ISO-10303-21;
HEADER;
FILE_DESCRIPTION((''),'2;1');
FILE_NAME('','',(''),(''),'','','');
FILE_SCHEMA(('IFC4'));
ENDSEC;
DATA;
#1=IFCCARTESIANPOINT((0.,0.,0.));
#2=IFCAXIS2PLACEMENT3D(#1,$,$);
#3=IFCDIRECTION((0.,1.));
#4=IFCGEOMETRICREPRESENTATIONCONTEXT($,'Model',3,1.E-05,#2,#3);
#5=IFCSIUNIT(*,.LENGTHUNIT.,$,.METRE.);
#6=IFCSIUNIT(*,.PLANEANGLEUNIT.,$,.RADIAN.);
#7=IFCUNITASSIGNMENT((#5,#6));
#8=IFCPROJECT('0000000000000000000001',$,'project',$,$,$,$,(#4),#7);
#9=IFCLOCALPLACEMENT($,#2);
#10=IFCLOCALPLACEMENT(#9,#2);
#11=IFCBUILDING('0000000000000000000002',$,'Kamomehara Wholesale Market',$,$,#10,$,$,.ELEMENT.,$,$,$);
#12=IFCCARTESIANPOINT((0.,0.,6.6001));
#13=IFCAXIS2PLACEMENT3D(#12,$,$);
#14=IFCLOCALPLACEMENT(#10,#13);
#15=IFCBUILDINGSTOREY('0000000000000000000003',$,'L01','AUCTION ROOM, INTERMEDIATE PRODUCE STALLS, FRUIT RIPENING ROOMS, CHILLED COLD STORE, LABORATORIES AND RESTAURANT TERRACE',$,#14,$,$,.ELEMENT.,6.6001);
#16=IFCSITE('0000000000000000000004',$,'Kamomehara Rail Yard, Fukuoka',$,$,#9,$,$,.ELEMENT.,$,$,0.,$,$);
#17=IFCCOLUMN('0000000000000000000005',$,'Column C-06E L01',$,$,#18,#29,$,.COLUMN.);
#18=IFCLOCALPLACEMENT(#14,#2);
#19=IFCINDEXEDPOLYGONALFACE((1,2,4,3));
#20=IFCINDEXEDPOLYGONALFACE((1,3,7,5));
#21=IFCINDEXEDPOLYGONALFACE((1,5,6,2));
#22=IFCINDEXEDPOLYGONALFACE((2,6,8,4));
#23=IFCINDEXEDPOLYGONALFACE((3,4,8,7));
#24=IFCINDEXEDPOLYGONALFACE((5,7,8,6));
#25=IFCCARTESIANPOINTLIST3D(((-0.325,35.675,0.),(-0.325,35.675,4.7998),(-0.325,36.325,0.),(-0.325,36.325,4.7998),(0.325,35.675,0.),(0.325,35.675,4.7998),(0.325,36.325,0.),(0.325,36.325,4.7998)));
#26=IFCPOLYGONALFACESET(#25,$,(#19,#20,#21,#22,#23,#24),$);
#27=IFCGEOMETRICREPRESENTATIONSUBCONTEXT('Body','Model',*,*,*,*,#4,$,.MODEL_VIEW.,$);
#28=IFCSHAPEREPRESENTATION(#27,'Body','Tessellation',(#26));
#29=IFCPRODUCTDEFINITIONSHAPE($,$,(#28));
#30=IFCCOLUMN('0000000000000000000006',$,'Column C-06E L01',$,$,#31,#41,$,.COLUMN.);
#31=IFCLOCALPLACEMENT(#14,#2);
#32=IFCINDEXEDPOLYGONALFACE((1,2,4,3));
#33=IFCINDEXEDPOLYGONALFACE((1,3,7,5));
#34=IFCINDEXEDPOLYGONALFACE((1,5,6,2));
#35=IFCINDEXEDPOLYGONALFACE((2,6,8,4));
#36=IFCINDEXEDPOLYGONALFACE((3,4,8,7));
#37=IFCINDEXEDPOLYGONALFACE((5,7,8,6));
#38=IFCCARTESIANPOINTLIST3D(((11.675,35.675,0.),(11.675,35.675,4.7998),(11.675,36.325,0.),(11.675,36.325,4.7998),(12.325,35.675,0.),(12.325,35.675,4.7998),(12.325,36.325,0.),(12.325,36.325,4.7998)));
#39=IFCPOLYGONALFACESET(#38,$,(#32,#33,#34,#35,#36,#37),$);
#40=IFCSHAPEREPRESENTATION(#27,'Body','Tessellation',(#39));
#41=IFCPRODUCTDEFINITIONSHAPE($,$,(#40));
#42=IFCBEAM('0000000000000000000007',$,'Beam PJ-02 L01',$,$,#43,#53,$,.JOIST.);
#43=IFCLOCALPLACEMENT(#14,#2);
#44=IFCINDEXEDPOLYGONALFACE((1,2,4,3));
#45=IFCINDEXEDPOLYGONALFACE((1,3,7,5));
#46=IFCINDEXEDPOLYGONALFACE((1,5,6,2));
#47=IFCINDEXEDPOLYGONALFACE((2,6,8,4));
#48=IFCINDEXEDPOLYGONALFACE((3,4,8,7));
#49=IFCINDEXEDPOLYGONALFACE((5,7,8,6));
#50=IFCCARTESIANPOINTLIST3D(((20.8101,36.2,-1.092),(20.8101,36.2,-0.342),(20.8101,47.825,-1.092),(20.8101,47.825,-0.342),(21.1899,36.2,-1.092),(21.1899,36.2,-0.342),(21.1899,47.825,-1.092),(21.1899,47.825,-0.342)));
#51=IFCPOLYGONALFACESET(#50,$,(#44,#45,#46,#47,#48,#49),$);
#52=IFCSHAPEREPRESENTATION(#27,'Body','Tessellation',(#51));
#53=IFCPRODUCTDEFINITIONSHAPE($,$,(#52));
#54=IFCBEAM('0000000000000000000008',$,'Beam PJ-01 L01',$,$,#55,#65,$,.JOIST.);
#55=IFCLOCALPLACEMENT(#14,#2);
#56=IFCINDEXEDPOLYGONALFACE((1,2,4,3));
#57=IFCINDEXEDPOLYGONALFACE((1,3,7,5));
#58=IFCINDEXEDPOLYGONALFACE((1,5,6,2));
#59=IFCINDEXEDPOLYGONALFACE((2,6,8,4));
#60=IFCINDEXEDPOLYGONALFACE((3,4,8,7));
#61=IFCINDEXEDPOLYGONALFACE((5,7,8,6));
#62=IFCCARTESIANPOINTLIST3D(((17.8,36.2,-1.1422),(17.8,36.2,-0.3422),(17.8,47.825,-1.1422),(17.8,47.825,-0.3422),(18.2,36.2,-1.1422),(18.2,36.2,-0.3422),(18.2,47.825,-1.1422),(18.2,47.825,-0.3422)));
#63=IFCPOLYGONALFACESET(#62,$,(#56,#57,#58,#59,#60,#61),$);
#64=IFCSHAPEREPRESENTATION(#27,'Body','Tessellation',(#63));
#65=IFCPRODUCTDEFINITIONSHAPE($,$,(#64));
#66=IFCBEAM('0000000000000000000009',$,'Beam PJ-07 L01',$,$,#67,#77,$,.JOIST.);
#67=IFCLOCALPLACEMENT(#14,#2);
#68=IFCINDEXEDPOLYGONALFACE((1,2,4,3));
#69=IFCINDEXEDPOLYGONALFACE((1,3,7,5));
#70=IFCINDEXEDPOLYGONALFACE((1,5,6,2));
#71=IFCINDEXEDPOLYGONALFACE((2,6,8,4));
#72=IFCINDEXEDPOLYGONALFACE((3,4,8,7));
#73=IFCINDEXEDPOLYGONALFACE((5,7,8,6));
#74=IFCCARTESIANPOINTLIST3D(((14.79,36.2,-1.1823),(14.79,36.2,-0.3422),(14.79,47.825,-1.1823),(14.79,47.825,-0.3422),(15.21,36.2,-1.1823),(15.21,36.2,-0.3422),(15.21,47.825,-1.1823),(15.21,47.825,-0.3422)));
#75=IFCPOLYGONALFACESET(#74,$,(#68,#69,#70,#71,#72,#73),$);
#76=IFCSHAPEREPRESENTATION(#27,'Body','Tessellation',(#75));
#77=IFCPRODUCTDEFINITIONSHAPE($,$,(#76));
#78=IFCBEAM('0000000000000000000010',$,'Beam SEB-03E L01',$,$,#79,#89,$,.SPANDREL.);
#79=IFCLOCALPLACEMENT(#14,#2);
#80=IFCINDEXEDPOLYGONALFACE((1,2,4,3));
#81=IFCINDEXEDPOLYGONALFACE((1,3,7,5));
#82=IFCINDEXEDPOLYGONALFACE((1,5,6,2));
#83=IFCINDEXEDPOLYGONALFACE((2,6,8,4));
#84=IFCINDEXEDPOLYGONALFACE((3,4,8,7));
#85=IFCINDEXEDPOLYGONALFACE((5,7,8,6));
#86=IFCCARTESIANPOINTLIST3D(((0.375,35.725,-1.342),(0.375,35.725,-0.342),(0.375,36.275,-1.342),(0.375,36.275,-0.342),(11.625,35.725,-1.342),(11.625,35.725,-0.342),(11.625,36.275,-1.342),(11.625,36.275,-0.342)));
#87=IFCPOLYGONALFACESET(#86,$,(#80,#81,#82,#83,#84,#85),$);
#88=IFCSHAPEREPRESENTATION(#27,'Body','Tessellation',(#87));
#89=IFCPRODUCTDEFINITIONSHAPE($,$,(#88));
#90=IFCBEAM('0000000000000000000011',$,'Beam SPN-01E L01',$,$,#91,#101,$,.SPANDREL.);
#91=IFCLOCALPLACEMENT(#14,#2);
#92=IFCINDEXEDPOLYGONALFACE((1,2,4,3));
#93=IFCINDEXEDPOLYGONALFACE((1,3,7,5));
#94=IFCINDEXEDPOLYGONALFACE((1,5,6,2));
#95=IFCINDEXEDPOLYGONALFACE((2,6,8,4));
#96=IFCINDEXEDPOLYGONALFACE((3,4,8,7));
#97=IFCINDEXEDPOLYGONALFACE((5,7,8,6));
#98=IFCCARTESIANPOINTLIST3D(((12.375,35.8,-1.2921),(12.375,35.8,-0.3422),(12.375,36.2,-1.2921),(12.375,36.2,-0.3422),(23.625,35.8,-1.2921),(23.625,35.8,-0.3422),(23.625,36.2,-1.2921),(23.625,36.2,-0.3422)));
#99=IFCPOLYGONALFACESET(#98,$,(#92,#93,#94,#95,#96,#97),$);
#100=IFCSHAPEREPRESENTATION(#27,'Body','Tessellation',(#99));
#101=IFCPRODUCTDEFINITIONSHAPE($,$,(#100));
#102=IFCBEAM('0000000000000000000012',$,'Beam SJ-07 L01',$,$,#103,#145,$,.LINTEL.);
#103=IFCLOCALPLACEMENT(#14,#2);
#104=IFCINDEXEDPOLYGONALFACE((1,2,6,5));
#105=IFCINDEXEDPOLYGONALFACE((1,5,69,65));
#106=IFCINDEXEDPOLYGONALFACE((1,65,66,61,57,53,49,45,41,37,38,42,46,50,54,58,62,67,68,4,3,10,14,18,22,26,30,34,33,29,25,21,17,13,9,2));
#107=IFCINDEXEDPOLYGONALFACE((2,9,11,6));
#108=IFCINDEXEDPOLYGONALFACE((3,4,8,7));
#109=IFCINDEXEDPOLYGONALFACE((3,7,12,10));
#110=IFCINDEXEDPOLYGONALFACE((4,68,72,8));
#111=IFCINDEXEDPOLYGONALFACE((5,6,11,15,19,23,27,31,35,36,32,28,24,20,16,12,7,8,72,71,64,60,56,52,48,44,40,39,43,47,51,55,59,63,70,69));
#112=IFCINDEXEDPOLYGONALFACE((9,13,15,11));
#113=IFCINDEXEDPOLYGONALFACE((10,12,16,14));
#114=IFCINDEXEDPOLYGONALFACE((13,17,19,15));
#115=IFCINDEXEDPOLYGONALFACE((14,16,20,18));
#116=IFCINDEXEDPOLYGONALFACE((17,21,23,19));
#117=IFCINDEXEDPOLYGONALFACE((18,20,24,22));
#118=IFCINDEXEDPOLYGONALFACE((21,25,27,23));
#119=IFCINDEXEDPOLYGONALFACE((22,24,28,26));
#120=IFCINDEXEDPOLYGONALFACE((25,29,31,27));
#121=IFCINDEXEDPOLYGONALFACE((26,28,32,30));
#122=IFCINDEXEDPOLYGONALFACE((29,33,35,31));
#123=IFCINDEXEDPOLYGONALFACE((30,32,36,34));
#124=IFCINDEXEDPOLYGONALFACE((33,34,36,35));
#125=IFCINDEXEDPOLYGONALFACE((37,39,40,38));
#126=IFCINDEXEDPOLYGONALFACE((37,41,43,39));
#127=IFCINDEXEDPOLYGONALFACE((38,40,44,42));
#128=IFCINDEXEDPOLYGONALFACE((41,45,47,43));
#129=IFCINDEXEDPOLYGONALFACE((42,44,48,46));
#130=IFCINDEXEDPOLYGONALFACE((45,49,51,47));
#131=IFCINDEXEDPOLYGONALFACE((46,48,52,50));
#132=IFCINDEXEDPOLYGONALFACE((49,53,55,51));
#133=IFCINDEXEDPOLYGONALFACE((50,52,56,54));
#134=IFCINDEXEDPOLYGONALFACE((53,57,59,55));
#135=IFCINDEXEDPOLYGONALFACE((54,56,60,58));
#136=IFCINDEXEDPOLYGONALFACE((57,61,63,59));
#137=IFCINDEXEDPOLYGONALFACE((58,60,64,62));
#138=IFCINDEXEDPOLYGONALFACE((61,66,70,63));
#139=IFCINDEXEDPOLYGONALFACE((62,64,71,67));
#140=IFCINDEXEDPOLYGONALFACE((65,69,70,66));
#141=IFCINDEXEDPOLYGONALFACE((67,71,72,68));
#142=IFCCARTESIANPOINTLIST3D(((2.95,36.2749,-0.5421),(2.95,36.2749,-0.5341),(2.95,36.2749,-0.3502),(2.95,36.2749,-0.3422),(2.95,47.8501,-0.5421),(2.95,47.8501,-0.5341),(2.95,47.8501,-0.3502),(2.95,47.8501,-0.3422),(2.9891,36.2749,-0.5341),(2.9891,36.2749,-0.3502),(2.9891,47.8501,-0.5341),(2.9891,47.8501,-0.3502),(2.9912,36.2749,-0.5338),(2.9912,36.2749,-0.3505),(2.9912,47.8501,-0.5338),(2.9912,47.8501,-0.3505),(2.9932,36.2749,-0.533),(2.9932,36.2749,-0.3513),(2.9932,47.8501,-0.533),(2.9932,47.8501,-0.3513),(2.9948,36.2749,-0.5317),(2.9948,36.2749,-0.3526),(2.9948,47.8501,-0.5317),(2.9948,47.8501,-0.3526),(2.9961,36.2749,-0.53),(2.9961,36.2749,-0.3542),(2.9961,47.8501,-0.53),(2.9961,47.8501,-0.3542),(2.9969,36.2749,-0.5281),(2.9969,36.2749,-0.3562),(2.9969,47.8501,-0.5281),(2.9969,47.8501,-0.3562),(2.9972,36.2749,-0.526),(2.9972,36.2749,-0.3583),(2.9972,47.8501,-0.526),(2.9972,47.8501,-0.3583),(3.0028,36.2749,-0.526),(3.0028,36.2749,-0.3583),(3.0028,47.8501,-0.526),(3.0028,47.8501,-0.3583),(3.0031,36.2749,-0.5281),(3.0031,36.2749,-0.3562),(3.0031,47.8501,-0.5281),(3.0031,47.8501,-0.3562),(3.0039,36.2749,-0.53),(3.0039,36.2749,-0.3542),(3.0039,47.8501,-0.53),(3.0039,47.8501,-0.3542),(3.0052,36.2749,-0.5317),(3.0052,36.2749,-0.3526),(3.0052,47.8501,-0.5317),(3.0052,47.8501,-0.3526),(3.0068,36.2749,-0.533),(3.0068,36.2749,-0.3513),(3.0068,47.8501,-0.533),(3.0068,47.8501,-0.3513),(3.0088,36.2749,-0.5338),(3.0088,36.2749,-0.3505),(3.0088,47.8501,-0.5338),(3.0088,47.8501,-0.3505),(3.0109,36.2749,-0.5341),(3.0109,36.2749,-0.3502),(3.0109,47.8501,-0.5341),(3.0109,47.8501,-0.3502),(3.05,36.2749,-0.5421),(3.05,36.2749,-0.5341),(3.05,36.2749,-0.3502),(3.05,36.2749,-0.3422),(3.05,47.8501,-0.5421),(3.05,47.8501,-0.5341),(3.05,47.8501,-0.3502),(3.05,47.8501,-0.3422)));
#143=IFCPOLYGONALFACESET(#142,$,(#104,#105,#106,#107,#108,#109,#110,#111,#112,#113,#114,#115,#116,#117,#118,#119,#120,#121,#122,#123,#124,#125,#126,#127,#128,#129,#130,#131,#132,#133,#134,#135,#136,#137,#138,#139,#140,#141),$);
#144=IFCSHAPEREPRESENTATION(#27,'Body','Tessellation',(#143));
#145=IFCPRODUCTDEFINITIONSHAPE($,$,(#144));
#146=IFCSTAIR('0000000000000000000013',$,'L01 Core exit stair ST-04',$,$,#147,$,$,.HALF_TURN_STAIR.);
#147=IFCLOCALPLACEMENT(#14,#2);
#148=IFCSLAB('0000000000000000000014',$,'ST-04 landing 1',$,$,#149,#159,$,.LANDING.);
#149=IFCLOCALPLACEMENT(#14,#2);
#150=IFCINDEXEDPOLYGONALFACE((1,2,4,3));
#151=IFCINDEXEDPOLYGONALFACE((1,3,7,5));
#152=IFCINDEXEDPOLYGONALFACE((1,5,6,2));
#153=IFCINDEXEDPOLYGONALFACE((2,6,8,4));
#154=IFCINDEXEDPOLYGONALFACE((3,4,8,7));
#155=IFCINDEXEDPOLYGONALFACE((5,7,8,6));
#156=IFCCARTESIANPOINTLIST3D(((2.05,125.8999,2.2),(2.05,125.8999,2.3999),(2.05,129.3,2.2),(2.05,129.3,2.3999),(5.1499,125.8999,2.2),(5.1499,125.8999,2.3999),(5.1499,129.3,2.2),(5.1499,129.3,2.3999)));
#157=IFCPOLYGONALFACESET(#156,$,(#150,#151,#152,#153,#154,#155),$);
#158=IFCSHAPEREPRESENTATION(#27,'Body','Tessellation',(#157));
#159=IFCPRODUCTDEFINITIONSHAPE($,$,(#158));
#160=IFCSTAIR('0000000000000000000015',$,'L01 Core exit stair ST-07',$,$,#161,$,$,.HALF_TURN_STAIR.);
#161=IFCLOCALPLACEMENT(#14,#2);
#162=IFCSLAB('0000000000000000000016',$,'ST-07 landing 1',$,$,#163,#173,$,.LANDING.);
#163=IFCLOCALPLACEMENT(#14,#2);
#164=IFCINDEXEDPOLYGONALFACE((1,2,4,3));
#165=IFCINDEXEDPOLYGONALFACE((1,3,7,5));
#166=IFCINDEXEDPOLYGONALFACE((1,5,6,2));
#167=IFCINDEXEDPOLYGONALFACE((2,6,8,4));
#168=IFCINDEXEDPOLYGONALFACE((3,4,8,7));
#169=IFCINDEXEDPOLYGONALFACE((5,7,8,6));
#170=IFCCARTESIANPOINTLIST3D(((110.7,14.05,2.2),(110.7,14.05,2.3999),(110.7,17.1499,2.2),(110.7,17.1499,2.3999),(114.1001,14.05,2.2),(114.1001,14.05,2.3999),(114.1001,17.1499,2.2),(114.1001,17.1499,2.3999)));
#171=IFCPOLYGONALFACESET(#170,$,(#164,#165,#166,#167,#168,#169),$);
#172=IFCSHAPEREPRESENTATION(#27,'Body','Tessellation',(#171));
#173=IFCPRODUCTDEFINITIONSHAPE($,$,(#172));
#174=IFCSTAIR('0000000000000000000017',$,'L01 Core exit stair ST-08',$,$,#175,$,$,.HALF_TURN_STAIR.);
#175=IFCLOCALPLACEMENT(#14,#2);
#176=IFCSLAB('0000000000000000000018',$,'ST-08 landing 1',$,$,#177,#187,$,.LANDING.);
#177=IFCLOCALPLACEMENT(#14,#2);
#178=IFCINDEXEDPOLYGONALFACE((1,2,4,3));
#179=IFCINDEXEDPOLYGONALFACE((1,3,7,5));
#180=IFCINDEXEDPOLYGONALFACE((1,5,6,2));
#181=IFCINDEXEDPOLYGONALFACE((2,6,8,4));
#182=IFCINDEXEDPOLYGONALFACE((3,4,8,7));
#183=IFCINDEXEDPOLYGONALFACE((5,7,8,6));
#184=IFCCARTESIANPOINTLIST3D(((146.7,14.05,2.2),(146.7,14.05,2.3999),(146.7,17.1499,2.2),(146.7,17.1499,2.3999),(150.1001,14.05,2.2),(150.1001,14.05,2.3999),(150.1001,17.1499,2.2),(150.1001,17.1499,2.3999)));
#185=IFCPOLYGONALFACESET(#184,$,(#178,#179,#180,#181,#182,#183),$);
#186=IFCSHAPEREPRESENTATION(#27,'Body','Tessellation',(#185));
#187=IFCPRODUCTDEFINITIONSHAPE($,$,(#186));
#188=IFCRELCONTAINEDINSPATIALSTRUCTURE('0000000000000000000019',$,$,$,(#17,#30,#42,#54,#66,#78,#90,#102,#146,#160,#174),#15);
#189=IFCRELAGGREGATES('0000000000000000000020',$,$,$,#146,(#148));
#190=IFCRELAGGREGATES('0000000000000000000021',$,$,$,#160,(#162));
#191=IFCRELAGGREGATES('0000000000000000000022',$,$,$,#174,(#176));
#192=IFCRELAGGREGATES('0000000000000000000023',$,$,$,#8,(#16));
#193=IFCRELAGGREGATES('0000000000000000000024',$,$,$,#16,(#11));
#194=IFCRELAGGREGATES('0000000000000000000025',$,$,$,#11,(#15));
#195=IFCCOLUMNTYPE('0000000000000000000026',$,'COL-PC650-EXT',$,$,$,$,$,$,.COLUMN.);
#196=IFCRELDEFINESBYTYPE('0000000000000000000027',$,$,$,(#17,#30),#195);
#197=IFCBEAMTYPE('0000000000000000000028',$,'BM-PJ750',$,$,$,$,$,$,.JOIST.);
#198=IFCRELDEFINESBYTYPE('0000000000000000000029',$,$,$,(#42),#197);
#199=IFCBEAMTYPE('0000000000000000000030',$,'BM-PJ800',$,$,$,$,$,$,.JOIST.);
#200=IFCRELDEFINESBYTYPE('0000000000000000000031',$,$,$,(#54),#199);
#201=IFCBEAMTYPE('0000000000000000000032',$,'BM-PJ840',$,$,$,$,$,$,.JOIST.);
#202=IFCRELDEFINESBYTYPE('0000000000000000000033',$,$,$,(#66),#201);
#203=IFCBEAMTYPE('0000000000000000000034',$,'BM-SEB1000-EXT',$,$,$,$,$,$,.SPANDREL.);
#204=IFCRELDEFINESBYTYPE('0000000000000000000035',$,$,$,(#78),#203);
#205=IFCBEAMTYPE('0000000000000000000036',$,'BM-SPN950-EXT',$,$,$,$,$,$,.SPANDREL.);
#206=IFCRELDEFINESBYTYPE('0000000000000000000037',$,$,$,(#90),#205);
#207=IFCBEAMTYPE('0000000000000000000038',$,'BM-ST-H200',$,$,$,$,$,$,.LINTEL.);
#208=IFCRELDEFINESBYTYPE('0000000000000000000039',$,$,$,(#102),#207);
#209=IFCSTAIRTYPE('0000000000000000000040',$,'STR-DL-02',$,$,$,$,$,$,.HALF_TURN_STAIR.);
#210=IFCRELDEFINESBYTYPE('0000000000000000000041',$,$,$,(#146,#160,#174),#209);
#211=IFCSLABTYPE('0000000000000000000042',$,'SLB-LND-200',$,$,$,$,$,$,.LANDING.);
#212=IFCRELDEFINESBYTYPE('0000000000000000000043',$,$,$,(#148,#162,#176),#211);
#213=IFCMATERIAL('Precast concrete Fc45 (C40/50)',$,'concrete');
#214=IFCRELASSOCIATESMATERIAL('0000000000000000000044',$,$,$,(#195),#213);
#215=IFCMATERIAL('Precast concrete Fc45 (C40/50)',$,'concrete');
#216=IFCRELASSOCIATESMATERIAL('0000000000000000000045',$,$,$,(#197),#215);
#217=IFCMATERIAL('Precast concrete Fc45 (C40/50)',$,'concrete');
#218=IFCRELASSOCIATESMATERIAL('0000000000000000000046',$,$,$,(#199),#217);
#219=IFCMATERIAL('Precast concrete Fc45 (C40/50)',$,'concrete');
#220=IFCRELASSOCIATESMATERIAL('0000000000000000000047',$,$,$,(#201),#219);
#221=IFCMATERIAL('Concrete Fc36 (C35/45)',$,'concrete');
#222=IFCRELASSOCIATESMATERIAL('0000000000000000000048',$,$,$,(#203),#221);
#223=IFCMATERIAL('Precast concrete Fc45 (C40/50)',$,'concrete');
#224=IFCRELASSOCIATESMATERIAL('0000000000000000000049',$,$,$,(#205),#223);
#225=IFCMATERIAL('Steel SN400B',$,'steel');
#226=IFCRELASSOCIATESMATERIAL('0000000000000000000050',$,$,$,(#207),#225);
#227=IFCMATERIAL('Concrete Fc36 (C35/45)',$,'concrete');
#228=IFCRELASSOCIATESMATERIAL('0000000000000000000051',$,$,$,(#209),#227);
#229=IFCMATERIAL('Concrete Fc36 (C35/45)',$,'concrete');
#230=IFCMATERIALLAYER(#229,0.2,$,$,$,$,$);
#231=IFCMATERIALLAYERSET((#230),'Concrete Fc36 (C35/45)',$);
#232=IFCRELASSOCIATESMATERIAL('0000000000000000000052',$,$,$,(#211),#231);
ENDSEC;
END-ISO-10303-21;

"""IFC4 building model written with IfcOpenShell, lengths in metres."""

from ifc_helpers import new_model, si_unit, direction, frame, origin, origin_2d, place, context, subcontext, project, spatial, polyline, rectangle, i_section, outline, extrude, material, layer, layer_set, material_profile, profile_set, type_object, element, aggregate, save


model = new_model("IFC4")

# Units and contexts
model_context = context("Model", 3, precision=1e-05, world=origin(), true_north=direction((0.0, 1.0)))
body_context = subcontext(model_context, "Body", "Model", "MODEL_VIEW")
ifc_project = project(units=[si_unit("LENGTHUNIT", "METRE"), si_unit("PLANEANGLEUNIT", "RADIAN")], contexts=[model_context])

# Site, building, storey
site_placement = place(None, origin())
site = spatial("IfcSite", under=ifc_project, at=site_placement, Name="Kamomehara Rail Yard, Fukuoka", CompositionType="ELEMENT", RefElevation=0.0)
building_placement = place(site_placement, origin())
building = spatial("IfcBuilding", under=site, at=building_placement, Name="Kamomehara Wholesale Market", CompositionType="ELEMENT")
storey_placement = place(building_placement, frame((0.0, 0.0, 6.6001)))
storey = spatial("IfcBuildingStorey", under=building, at=storey_placement, Name="L01", Description="AUCTION ROOM, INTERMEDIATE PRODUCE STALLS, FRUIT RIPENING ROOMS, CHILLED COLD STORE, LABORATORIES AND RESTAURANT TERRACE", CompositionType="ELEMENT", Elevation=6.6001)

# Columns
ifc_material_1 = material(Name="Precast concrete Fc45 (C40/50)", Category="concrete")
ifc_material_profile_1 = material_profile(ifc_material_1, rectangle(XDim=0.6499, YDim=0.6499, at=origin_2d()), Name="PC-COL-650x650")
ifc_profile_set_1 = profile_set([ifc_material_profile_1], Name="Precast concrete Fc45 (C40/50)")
column_type = type_object("IfcColumnType", Name="COL-PC650-EXT", PredefinedType="COLUMN", material=ifc_profile_set_1)
for number, where, z_axis, x_axis, name in (
    (1, (0.0, 36.0, 0.0), (0.0, 0.0, 1.0), (1.0, 0.0, 0.0), "Column C-06E L01"),
    (2, (12.0, 36.0, 0.0), (0.0, 0.0, 1.0), (1.0, 0.0, 0.0), "Column C-06E L01"),
):
    element("IfcColumn", number, at=place(storey_placement, frame(where, z_axis=z_axis, x_axis=x_axis)), inside=storey, type_object=column_type, Name=name, PredefinedType="COLUMN", context=body_context, shape_type="SweptSolid", body=[
        extrude(rectangle(XDim=0.6499, YDim=0.6499, at=origin_2d()), origin(), (0.0, 0.0, 1.0), 4.7998),
    ])

# Beams
ifc_material_2 = material(Name="Precast concrete Fc45 (C40/50)", Category="concrete")
ifc_material_profile_2 = material_profile(ifc_material_2, rectangle(XDim=0.3799, YDim=0.75, at=origin_2d()), Name="PC-JST-380x750")
ifc_profile_set_2 = profile_set([ifc_material_profile_2], Name="Precast concrete Fc45 (C40/50)")
beam_type_1 = type_object("IfcBeamType", Name="BM-PJ750", PredefinedType="JOIST", material=ifc_profile_set_2)
beam_1_placement = place(storey_placement, frame((21.0, 36.2, -0.717), z_axis=(0.0, 1.0, 0.0), x_axis=(-1.0, 0.0, 0.0)))
element("IfcBeam", 3, at=beam_1_placement, inside=storey, type_object=beam_type_1, Name="Beam PJ-02 L01", PredefinedType="JOIST", context=body_context, shape_type="SweptSolid", body=[
    extrude(rectangle(XDim=0.3799, YDim=0.75, at=origin_2d()), origin(), (0.0, 0.0, 1.0), 11.625),
])
ifc_material_3 = material(Name="Precast concrete Fc45 (C40/50)", Category="concrete")
ifc_material_profile_3 = material_profile(ifc_material_3, rectangle(XDim=0.3999, YDim=0.8, at=origin_2d()), Name="PC-JST-400x800")
ifc_profile_set_3 = profile_set([ifc_material_profile_3], Name="Precast concrete Fc45 (C40/50)")
beam_type_2 = type_object("IfcBeamType", Name="BM-PJ800", PredefinedType="JOIST", material=ifc_profile_set_3)
beam_2_placement = place(storey_placement, frame((18.0, 36.2, -0.7422), z_axis=(0.0, 1.0, 0.0), x_axis=(-1.0, 0.0, 0.0)))
element("IfcBeam", 4, at=beam_2_placement, inside=storey, type_object=beam_type_2, Name="Beam PJ-01 L01", PredefinedType="JOIST", context=body_context, shape_type="SweptSolid", body=[
    extrude(rectangle(XDim=0.3999, YDim=0.8, at=origin_2d()), origin(), (0.0, 0.0, 1.0), 11.625),
])
ifc_material_4 = material(Name="Precast concrete Fc45 (C40/50)", Category="concrete")
ifc_material_profile_4 = material_profile(ifc_material_4, rectangle(XDim=0.4199, YDim=0.8401, at=origin_2d()), Name="PC-JST-420x840")
ifc_profile_set_4 = profile_set([ifc_material_profile_4], Name="Precast concrete Fc45 (C40/50)")
beam_type_3 = type_object("IfcBeamType", Name="BM-PJ840", PredefinedType="JOIST", material=ifc_profile_set_4)
beam_3_placement = place(storey_placement, frame((15.0, 36.2, -0.7622), z_axis=(0.0, 1.0, 0.0), x_axis=(-1.0, 0.0, 0.0)))
element("IfcBeam", 5, at=beam_3_placement, inside=storey, type_object=beam_type_3, Name="Beam PJ-07 L01", PredefinedType="JOIST", context=body_context, shape_type="SweptSolid", body=[
    extrude(rectangle(XDim=0.4199, YDim=0.8401, at=origin_2d()), origin(), (0.0, 0.0, 1.0), 11.625),
])
ifc_material_5 = material(Name="Concrete Fc36 (C35/45)", Category="concrete")
ifc_material_profile_5 = material_profile(ifc_material_5, rectangle(XDim=0.55, YDim=1.0, at=origin_2d()), Name="RC-SEB-550x1000")
ifc_profile_set_5 = profile_set([ifc_material_profile_5], Name="Concrete Fc36 (C35/45)")
beam_type_4 = type_object("IfcBeamType", Name="BM-SEB1000-EXT", PredefinedType="SPANDREL", material=ifc_profile_set_5)
beam_4_placement = place(storey_placement, frame((0.375, 36.0, -0.842), z_axis=(1.0, 0.0, 0.0), x_axis=(0.0, 1.0, 0.0)))
element("IfcBeam", 6, at=beam_4_placement, inside=storey, type_object=beam_type_4, Name="Beam SEB-03E L01", PredefinedType="SPANDREL", context=body_context, shape_type="SweptSolid", body=[
    extrude(rectangle(XDim=0.55, YDim=1.0, at=origin_2d()), origin(), (0.0, 0.0, 1.0), 11.25),
])
ifc_material_6 = material(Name="Precast concrete Fc45 (C40/50)", Category="concrete")
ifc_material_profile_6 = material_profile(ifc_material_6, rectangle(XDim=0.3999, YDim=0.95, at=origin_2d()), Name="PC-SPN-400x950")
ifc_profile_set_6 = profile_set([ifc_material_profile_6], Name="Precast concrete Fc45 (C40/50)")
beam_type_5 = type_object("IfcBeamType", Name="BM-SPN950-EXT", PredefinedType="SPANDREL", material=ifc_profile_set_6)
beam_5_placement = place(storey_placement, frame((12.375, 36.0, -0.8171), z_axis=(1.0, 0.0, 0.0), x_axis=(0.0, 1.0, 0.0)))
element("IfcBeam", 7, at=beam_5_placement, inside=storey, type_object=beam_type_5, Name="Beam SPN-01E L01", PredefinedType="SPANDREL", context=body_context, shape_type="SweptSolid", body=[
    extrude(rectangle(XDim=0.3999, YDim=0.95, at=origin_2d()), origin(), (0.0, 0.0, 1.0), 11.25),
])
ifc_material_7 = material(Name="Steel SN400B", Category="steel")
ifc_material_profile_7 = material_profile(ifc_material_7, i_section(OverallWidth=0.1001, OverallDepth=0.2, WebThickness=0.0056, FlangeThickness=0.0081, FilletRadius=0.0081, at=origin_2d()), Name="H-200x100x5.5x8")
ifc_profile_set_7 = profile_set([ifc_material_profile_7], Name="Steel SN400B")
beam_type_6 = type_object("IfcBeamType", Name="BM-ST-H200", PredefinedType="LINTEL", material=ifc_profile_set_7)
beam_6_placement = place(storey_placement, frame((3.0, 36.2749, -0.4421), z_axis=(0.0, 1.0, 0.0), x_axis=(-1.0, 0.0, 0.0)))
element("IfcBeam", 8, at=beam_6_placement, inside=storey, type_object=beam_type_6, Name="Beam SJ-07 L01", PredefinedType="LINTEL", context=body_context, shape_type="SweptSolid", body=[
    extrude(i_section(OverallWidth=0.1001, OverallDepth=0.2, WebThickness=0.0056, FlangeThickness=0.0081, FilletRadius=0.0081, at=origin_2d()), origin(), (0.0, 0.0, 1.0), 11.5752),
])

# Stairs, slabs
ifc_material_8 = material(Name="Concrete Fc36 (C35/45)", Category="concrete")
stair_type_1 = type_object("IfcStairType", Name="STR-DL-02", PredefinedType="HALF_TURN_STAIR", material=ifc_material_8)
stair_1_placement = place(storey_placement, origin())
stair_1 = element("IfcStair", 9, at=stair_1_placement, inside=storey, type_object=stair_type_1, Name="L01 Core exit stair ST-04", PredefinedType="HALF_TURN_STAIR")
ifc_material_9 = material(Name="Concrete Fc36 (C35/45)", Category="concrete")
ifc_layer_1 = layer(ifc_material_9, 0.2)
ifc_layer_set_1 = layer_set([ifc_layer_1], Name="Concrete Fc36 (C35/45)")
slab_type_1 = type_object("IfcSlabType", Name="SLB-LND-200", PredefinedType="LANDING", material=ifc_layer_set_1)
slab_1_placement = place(storey_placement, frame((0.0, 0.0, 2.2)))
slab_1 = element("IfcSlab", 10, at=slab_1_placement, type_object=slab_type_1, Name="ST-04 landing 1", PredefinedType="LANDING", context=body_context, shape_type="SweptSolid", body=[
    extrude(outline(polyline([(5.1499, 129.3), (2.05, 129.3), (2.05, 125.8999), (5.1499, 125.8999), (5.1499, 129.3)])), origin(), (0.0, 0.0, 1.0), 0.2),
])
aggregate(stair_1, [slab_1])
stair_2_placement = place(storey_placement, origin())
stair_2 = element("IfcStair", 11, at=stair_2_placement, inside=storey, type_object=stair_type_1, Name="L01 Core exit stair ST-07", PredefinedType="HALF_TURN_STAIR")
slab_2_placement = place(storey_placement, frame((0.0, 0.0, 2.2)))
slab_2 = element("IfcSlab", 12, at=slab_2_placement, type_object=slab_type_1, Name="ST-07 landing 1", PredefinedType="LANDING", context=body_context, shape_type="SweptSolid", body=[
    extrude(outline(polyline([(110.7, 17.1499), (110.7, 14.05), (114.1001, 14.05), (114.1001, 17.1499), (110.7, 17.1499)])), origin(), (0.0, 0.0, 1.0), 0.2),
])
aggregate(stair_2, [slab_2])
stair_3_placement = place(storey_placement, origin())
stair_3 = element("IfcStair", 13, at=stair_3_placement, inside=storey, type_object=stair_type_1, Name="L01 Core exit stair ST-08", PredefinedType="HALF_TURN_STAIR")
slab_3_placement = place(storey_placement, frame((0.0, 0.0, 2.2)))
slab_3 = element("IfcSlab", 14, at=slab_3_placement, type_object=slab_type_1, Name="ST-08 landing 1", PredefinedType="LANDING", context=body_context, shape_type="SweptSolid", body=[
    extrude(outline(polyline([(146.7, 17.1499), (146.7, 14.05), (150.1001, 14.05), (150.1001, 17.1499), (146.7, 17.1499)])), origin(), (0.0, 0.0, 1.0), 0.2),
])
aggregate(stair_3, [slab_3])

save(model, "model.ifc")
